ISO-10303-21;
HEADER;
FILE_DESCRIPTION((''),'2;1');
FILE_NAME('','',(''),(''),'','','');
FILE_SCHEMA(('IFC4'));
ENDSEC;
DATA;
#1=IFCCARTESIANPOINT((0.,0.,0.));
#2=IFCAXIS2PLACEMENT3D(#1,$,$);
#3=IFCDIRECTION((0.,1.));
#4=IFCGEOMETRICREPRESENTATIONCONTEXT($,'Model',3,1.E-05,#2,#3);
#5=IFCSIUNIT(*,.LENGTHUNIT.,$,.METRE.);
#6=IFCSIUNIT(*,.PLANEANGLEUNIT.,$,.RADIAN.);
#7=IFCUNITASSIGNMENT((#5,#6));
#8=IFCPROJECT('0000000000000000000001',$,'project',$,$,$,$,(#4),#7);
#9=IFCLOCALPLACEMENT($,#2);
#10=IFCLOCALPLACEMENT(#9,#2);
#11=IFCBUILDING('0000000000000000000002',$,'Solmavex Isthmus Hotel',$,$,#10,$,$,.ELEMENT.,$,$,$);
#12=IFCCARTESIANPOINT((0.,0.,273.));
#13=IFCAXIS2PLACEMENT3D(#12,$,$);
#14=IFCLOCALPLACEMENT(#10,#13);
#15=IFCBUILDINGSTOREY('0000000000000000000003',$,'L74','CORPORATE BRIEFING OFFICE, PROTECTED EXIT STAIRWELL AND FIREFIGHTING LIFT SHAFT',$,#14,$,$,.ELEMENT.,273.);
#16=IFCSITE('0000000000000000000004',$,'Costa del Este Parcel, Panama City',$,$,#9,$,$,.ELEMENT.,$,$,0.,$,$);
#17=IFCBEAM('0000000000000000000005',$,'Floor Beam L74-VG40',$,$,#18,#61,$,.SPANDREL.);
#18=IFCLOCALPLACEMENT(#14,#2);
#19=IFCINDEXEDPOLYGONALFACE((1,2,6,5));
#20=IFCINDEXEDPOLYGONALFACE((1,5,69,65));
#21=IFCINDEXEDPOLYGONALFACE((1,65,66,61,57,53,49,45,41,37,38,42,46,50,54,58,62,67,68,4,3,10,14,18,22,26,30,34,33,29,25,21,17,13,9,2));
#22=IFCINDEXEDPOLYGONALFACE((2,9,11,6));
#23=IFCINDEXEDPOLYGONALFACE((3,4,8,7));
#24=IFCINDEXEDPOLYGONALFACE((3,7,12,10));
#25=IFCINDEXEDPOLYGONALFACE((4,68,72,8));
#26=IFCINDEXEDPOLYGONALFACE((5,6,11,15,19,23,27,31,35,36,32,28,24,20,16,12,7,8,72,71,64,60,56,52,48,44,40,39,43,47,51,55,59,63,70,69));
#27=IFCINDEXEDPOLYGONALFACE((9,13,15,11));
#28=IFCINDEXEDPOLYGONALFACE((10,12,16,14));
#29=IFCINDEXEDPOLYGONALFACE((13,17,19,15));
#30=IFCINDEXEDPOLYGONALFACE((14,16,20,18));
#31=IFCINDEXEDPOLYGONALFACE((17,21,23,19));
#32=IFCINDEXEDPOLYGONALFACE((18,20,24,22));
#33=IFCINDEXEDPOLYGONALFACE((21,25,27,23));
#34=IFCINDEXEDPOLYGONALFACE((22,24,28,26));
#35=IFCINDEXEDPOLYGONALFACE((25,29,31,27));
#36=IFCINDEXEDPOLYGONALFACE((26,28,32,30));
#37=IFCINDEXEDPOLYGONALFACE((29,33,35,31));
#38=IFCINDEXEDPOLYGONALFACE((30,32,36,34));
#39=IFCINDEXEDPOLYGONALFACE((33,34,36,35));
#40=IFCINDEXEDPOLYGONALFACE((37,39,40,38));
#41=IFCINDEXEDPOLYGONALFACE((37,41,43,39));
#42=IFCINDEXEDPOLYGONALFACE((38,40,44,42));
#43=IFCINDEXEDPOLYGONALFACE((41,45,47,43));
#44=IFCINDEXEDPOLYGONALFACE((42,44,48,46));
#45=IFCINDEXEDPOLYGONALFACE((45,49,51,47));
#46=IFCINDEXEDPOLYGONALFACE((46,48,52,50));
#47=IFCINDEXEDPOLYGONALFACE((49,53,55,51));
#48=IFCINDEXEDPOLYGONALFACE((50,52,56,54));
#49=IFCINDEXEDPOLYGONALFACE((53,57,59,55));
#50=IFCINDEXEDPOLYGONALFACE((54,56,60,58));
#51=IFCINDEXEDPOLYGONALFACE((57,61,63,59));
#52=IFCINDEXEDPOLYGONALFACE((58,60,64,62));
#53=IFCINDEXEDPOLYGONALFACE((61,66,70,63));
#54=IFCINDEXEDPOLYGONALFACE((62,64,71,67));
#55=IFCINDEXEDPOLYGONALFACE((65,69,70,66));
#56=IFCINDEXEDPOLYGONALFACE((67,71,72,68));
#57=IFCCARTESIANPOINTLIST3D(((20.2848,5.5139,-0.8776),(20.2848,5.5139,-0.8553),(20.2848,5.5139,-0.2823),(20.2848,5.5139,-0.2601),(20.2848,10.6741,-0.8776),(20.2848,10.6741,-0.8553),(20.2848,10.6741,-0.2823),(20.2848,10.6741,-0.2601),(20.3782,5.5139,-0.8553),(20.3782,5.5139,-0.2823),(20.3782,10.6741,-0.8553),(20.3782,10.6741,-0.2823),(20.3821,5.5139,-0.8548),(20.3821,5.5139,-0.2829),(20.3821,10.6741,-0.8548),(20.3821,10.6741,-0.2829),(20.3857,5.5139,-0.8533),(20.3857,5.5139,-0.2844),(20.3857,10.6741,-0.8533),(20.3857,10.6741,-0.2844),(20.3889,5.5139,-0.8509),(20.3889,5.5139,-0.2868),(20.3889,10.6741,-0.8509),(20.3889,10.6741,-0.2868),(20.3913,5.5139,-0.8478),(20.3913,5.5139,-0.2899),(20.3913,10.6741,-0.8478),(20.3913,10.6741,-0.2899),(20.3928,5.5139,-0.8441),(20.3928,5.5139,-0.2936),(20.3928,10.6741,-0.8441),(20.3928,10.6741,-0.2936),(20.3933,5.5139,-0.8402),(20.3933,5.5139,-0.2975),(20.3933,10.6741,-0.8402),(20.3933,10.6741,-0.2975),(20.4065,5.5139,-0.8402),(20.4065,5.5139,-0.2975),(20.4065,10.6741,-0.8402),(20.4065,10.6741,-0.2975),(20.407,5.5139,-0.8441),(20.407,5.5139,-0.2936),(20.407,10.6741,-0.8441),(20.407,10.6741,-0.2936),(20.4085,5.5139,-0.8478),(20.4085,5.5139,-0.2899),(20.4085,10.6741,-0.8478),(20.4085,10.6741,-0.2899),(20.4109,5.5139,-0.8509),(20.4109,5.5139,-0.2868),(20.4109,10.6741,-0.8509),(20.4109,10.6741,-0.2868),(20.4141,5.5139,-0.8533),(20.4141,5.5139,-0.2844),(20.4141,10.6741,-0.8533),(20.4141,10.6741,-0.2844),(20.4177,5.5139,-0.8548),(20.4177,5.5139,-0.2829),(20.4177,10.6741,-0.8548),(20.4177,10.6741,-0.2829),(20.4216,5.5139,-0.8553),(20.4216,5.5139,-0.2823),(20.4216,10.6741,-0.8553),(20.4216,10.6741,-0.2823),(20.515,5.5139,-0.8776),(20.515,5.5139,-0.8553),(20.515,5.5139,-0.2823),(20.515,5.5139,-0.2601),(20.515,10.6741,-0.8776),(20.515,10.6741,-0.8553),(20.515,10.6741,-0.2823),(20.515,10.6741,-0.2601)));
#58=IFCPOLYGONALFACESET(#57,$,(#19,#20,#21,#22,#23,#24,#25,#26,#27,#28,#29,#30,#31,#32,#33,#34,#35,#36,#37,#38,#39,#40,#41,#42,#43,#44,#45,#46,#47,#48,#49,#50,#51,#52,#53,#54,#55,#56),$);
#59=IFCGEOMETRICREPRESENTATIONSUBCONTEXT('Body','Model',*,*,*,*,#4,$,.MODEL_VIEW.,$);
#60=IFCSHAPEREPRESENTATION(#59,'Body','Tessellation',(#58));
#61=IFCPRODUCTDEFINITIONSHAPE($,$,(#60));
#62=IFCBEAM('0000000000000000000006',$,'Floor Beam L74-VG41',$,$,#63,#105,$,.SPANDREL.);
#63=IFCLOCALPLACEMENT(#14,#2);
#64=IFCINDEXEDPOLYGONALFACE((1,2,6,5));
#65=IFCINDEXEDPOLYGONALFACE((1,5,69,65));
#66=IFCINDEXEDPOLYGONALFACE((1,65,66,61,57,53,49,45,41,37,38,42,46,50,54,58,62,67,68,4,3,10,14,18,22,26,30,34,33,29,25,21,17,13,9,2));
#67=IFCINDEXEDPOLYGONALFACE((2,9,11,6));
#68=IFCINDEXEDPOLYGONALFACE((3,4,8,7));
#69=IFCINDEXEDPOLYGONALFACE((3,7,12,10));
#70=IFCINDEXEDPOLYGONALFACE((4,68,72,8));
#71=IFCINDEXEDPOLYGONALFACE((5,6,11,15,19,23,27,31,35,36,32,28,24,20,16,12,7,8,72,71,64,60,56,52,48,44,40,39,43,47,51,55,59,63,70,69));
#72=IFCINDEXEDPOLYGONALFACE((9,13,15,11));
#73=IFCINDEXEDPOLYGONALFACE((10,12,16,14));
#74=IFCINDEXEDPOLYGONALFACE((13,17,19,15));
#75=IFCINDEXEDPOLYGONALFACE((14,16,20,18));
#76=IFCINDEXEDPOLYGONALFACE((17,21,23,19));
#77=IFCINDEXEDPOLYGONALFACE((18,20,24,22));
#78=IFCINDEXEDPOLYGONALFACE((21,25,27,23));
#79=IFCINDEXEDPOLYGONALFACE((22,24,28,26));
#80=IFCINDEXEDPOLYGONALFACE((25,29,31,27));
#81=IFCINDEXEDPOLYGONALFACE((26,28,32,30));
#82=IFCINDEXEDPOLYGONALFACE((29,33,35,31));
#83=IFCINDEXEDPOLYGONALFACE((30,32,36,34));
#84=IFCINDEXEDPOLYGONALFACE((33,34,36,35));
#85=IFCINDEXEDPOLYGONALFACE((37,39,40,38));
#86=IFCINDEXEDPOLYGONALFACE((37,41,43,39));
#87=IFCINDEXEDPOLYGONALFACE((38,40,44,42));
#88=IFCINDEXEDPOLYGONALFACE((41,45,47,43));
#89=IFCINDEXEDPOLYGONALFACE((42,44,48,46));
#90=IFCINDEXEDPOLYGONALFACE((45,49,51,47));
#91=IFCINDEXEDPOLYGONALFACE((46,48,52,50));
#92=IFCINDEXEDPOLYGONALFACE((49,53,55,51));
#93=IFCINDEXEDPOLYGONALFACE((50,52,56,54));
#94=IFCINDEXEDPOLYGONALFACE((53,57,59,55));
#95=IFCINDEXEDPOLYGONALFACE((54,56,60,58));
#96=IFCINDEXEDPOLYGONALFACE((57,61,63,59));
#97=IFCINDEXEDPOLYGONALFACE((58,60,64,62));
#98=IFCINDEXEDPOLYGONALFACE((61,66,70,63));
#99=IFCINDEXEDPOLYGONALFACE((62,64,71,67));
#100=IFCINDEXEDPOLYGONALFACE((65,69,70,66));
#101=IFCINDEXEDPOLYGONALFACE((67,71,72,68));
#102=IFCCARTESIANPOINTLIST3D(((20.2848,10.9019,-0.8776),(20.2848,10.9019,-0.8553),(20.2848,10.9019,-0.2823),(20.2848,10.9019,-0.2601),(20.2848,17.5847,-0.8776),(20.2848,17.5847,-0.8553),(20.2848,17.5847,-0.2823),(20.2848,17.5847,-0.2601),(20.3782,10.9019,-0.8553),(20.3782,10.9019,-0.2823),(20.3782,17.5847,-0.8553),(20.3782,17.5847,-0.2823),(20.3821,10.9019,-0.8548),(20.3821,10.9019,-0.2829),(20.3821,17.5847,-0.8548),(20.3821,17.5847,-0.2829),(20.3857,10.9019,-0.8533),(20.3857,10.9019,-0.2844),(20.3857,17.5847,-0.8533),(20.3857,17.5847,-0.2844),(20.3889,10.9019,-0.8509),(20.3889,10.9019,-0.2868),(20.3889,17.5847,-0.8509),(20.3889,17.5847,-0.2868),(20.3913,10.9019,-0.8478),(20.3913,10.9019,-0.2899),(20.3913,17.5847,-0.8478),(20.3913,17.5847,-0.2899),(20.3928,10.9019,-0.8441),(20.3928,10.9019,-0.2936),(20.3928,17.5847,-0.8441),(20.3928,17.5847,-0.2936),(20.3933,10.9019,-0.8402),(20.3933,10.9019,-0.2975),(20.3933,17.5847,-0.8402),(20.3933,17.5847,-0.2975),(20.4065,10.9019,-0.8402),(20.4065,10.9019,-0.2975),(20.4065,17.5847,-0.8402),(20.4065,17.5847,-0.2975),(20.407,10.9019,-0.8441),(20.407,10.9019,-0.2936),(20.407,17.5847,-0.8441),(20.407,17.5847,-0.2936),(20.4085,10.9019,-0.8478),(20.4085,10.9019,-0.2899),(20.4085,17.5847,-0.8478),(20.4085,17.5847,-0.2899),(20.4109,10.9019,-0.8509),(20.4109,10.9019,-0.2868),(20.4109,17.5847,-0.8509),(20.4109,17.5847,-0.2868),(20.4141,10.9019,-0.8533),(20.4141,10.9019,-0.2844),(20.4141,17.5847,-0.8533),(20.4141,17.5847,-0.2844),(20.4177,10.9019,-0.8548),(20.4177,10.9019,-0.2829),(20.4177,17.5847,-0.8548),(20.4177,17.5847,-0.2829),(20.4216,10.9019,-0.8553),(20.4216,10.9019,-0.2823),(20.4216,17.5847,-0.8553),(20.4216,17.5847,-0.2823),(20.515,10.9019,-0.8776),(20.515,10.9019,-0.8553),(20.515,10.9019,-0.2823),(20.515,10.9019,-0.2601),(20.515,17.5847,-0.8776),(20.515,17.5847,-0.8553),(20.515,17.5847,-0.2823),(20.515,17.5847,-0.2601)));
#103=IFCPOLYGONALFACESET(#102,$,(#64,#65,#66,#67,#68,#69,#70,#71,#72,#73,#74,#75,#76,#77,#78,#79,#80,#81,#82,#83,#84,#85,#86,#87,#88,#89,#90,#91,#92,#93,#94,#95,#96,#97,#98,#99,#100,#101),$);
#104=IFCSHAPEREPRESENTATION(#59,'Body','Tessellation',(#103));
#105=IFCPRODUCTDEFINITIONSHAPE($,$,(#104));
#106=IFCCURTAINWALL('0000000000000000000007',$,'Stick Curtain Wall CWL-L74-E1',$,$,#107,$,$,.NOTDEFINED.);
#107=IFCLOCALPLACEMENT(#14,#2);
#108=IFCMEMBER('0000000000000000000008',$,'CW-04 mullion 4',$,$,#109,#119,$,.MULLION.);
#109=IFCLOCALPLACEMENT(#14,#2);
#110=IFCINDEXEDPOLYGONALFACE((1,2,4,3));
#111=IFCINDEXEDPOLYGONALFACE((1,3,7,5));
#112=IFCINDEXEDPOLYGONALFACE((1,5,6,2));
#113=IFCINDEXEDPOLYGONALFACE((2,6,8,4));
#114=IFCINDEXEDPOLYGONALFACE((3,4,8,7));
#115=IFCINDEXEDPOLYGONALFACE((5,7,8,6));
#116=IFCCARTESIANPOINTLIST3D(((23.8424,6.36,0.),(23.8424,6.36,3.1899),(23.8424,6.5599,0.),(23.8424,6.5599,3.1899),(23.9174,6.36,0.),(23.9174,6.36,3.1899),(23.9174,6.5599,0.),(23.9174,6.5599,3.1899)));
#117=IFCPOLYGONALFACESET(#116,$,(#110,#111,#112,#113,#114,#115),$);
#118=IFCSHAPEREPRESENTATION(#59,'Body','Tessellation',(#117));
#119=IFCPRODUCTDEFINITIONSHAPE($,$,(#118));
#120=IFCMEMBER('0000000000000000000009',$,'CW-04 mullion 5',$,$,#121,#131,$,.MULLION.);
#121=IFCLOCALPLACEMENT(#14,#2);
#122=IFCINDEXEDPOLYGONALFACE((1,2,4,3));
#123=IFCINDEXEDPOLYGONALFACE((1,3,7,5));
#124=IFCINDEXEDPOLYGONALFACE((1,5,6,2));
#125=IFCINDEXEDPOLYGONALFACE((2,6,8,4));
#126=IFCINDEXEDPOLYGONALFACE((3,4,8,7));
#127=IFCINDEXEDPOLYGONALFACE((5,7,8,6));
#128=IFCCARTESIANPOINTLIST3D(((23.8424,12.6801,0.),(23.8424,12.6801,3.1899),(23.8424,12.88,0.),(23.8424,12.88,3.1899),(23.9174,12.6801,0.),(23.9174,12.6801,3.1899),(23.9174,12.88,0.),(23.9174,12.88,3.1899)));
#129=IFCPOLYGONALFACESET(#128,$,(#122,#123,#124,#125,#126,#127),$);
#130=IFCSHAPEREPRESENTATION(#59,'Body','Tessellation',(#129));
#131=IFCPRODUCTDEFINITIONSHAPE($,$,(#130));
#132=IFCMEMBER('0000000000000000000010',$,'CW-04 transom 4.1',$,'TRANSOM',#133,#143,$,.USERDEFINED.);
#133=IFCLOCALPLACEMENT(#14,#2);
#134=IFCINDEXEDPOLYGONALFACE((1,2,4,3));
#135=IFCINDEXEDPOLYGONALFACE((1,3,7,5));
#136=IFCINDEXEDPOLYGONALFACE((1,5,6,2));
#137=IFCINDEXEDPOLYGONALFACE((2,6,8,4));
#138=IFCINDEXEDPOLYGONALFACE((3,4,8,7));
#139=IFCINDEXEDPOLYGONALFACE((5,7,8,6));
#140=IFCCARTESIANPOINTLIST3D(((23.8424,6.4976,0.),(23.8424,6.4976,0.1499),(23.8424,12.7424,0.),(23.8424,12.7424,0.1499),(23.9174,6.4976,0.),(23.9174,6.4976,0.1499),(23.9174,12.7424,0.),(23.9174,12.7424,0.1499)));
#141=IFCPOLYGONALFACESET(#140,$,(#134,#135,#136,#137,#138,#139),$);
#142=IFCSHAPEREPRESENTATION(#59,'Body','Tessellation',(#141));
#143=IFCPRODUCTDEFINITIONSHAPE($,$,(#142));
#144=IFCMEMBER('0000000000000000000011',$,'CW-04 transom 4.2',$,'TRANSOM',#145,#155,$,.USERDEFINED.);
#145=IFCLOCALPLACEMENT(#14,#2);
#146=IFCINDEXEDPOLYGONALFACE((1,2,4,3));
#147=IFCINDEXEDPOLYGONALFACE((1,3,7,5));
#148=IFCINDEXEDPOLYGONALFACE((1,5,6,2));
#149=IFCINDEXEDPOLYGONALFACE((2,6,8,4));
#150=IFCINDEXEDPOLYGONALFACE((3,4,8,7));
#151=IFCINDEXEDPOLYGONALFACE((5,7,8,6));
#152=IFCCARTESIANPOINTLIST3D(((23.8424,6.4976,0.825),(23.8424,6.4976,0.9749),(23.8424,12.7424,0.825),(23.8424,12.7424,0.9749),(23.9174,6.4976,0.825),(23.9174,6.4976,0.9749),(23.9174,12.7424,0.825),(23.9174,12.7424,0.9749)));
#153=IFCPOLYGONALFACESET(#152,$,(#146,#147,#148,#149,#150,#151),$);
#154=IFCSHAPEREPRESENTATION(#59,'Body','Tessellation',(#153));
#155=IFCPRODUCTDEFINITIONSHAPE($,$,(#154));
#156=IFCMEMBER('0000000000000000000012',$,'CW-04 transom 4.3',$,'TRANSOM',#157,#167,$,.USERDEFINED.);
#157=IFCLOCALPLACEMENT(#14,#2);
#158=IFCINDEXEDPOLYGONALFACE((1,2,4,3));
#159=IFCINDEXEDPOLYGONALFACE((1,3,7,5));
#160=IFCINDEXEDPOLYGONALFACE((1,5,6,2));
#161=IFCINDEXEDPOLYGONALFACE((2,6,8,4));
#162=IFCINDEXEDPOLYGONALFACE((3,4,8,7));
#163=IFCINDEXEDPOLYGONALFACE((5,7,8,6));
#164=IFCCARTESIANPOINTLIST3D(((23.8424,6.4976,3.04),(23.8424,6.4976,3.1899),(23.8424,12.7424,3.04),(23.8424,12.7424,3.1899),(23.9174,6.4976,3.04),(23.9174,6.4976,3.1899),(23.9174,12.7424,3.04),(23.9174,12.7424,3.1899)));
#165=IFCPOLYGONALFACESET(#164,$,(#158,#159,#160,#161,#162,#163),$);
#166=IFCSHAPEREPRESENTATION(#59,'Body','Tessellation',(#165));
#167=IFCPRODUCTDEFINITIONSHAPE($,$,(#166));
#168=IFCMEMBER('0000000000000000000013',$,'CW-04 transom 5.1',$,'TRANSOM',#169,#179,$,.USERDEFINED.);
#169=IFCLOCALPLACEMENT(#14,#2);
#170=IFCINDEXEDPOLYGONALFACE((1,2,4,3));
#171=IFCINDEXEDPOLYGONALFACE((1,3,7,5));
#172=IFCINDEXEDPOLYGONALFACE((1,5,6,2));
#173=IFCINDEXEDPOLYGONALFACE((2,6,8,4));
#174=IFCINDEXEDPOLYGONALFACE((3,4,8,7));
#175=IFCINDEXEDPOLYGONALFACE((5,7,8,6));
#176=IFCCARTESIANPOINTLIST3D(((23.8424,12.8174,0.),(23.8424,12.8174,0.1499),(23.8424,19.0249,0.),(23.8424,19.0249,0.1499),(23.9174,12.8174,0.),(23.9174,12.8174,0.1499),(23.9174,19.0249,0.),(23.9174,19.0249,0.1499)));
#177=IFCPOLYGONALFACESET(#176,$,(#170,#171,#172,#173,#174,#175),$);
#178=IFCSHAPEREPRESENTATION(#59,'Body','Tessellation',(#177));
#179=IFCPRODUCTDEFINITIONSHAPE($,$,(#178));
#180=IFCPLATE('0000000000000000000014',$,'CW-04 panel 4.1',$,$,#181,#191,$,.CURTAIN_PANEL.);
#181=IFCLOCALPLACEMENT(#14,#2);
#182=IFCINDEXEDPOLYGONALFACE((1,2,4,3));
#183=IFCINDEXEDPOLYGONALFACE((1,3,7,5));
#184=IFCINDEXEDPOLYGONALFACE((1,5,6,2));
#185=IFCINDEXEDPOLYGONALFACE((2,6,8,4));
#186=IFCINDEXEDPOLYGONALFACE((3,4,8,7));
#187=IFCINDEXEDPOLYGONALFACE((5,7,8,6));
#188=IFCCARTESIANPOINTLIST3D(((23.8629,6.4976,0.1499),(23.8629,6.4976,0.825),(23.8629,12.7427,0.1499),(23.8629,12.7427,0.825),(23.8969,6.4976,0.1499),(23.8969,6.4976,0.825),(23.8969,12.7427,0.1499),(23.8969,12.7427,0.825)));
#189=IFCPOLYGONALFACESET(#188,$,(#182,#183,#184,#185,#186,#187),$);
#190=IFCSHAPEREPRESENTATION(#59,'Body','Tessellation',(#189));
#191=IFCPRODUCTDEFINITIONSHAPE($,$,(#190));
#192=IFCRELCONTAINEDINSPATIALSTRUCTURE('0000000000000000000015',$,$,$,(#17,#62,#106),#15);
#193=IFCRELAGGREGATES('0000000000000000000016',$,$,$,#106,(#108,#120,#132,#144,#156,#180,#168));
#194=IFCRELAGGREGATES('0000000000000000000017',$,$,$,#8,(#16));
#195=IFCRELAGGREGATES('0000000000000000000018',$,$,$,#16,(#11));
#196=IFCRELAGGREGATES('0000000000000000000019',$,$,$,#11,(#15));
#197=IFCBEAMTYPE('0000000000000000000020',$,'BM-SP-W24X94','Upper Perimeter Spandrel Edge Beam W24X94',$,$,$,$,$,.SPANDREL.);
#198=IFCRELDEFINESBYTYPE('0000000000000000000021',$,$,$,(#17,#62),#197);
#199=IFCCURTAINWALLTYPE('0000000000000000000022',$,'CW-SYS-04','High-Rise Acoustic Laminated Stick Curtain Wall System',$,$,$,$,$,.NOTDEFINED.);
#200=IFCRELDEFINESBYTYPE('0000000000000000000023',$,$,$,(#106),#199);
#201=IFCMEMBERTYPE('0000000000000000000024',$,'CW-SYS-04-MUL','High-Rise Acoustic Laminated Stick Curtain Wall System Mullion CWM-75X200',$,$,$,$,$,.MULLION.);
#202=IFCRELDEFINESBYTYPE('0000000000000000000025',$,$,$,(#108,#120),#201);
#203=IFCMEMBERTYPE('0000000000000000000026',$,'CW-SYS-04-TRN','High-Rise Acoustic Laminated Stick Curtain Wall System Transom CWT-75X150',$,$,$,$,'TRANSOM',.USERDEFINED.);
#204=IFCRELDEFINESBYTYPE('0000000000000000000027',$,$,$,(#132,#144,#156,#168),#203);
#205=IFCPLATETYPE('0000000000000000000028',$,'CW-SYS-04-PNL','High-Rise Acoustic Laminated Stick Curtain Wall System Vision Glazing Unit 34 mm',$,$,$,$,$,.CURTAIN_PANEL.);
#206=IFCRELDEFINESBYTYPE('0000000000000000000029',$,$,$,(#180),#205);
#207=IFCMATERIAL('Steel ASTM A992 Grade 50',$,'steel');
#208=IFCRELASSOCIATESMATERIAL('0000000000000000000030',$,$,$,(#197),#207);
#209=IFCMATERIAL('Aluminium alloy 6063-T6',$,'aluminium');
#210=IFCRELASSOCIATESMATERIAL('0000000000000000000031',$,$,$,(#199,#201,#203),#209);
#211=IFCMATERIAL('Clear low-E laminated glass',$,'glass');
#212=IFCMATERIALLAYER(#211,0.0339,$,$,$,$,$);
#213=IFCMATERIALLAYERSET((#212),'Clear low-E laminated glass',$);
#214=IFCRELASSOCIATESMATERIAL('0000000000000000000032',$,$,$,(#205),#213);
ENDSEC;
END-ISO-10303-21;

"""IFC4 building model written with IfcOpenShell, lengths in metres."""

from ifc_helpers import new_model, si_unit, direction, frame, origin, origin_2d, place, context, subcontext, project, spatial, rectangle, i_section, extrude, material, layer, layer_set, material_profile, profile_set, type_object, element, aggregate, save


model = new_model("IFC4")

# Units and contexts
model_context = context("Model", 3, precision=1e-05, world=origin(), true_north=direction((0.0, 1.0)))
body_context = subcontext(model_context, "Body", "Model", "MODEL_VIEW")
ifc_project = project(units=[si_unit("LENGTHUNIT", "METRE"), si_unit("PLANEANGLEUNIT", "RADIAN")], contexts=[model_context])

# Site, building, storey
site_placement = place(None, origin())
site = spatial("IfcSite", under=ifc_project, at=site_placement, Name="Costa del Este Parcel, Panama City", CompositionType="ELEMENT", RefElevation=0.0)
building_placement = place(site_placement, origin())
building = spatial("IfcBuilding", under=site, at=building_placement, Name="Solmavex Isthmus Hotel", CompositionType="ELEMENT")
storey_placement = place(building_placement, frame((0.0, 0.0, 273.0)))
storey = spatial("IfcBuildingStorey", under=building, at=storey_placement, Name="L74", Description="CORPORATE BRIEFING OFFICE, PROTECTED EXIT STAIRWELL AND FIREFIGHTING LIFT SHAFT", CompositionType="ELEMENT", Elevation=273.0)

# Beams
ifc_material_1 = material(Name="Steel ASTM A992 Grade 50", Category="steel")
ifc_material_profile_1 = material_profile(ifc_material_1, i_section(OverallWidth=0.2302, OverallDepth=0.6174, WebThickness=0.0132, FlangeThickness=0.0222, FilletRadius=0.0151, at=origin_2d()), Name="W24X94")
ifc_profile_set_1 = profile_set([ifc_material_profile_1], Name="Steel ASTM A992 Grade 50")
beam_type_1 = type_object("IfcBeamType", Name="BM-SP-W24X94", Description="Upper Perimeter Spandrel Edge Beam W24X94", PredefinedType="SPANDREL", material=ifc_profile_set_1)
beam_1_placement = place(storey_placement, frame((20.3999, 5.5139, -0.5688), z_axis=(0.0, 1.0, 0.0), x_axis=(-1.0, 0.0, 0.0)))
element("IfcBeam", 1, at=beam_1_placement, inside=storey, type_object=beam_type_1, Name="Floor Beam L74-VG40", PredefinedType="SPANDREL", context=body_context, shape_type="SweptSolid", body=[
    extrude(i_section(OverallWidth=0.2302, OverallDepth=0.6174, WebThickness=0.0132, FlangeThickness=0.0222, FilletRadius=0.0151, at=origin_2d()), origin(), (0.0, 0.0, 1.0), 5.1602),
])
beam_2_placement = place(storey_placement, frame((20.3999, 10.9019, -0.5688), z_axis=(0.0, 1.0, 0.0), x_axis=(-1.0, 0.0, 0.0)))
element("IfcBeam", 2, at=beam_2_placement, inside=storey, type_object=beam_type_1, Name="Floor Beam L74-VG41", PredefinedType="SPANDREL", context=body_context, shape_type="SweptSolid", body=[
    extrude(i_section(OverallWidth=0.2302, OverallDepth=0.6174, WebThickness=0.0132, FlangeThickness=0.0222, FilletRadius=0.0151, at=origin_2d()), origin(), (0.0, 0.0, 1.0), 6.6829),
])

# Curtain wall, members, plate
ifc_material_2 = material(Name="Aluminium alloy 6063-T6", Category="aluminium")
curtain_wall_type = type_object("IfcCurtainWallType", Name="CW-SYS-04", Description="High-Rise Acoustic Laminated Stick Curtain Wall System", PredefinedType="NOTDEFINED", material=ifc_material_2)
curtain_wall_placement = place(storey_placement, origin())
curtain_wall = element("IfcCurtainWall", 3, at=curtain_wall_placement, inside=storey, type_object=curtain_wall_type, Name="Stick Curtain Wall CWL-L74-E1", PredefinedType="NOTDEFINED")
ifc_material_profile_2 = material_profile(ifc_material_2, rectangle(XDim=0.075, YDim=0.2, at=origin_2d()), Name="CWM-75X200")
ifc_profile_set_2 = profile_set([ifc_material_profile_2], Name="Aluminium alloy 6063-T6")
member_type_1 = type_object("IfcMemberType", Name="CW-SYS-04-MUL", Description="High-Rise Acoustic Laminated Stick Curtain Wall System Mullion CWM-75X200", PredefinedType="MULLION", material=ifc_profile_set_2)
member_1_placement = place(storey_placement, frame((23.8799, 6.46, 0.0), z_axis=(0.0, 0.0, 1.0), x_axis=(-1.0, 0.0, 0.0)))
member_1 = element("IfcMember", 4, at=member_1_placement, type_object=member_type_1, Name="CW-04 mullion 4", PredefinedType="MULLION", context=body_context, shape_type="SweptSolid", body=[
    extrude(rectangle(XDim=0.075, YDim=0.2, at=origin_2d()), origin(), (0.0, 0.0, 1.0), 3.1899),
])
member_2_placement = place(storey_placement, frame((23.8799, 12.78, 0.0), z_axis=(0.0, 0.0, 1.0), x_axis=(-1.0, 0.0, 0.0)))
member_2 = element("IfcMember", 5, at=member_2_placement, type_object=member_type_1, Name="CW-04 mullion 5", PredefinedType="MULLION", context=body_context, shape_type="SweptSolid", body=[
    extrude(rectangle(XDim=0.075, YDim=0.2, at=origin_2d()), origin(), (0.0, 0.0, 1.0), 3.1899),
])
ifc_material_profile_3 = material_profile(ifc_material_2, rectangle(XDim=0.075, YDim=0.1499, at=origin_2d()), Name="CWT-75X150")
ifc_profile_set_3 = profile_set([ifc_material_profile_3], Name="Aluminium alloy 6063-T6")
member_type_2 = type_object("IfcMemberType", Name="CW-SYS-04-TRN", Description="High-Rise Acoustic Laminated Stick Curtain Wall System Transom CWT-75X150", ElementType="TRANSOM", PredefinedType="USERDEFINED", material=ifc_profile_set_3)
member_3_placement = place(storey_placement, frame((23.8799, 6.4976, 0.075), z_axis=(0.0, 1.0, 0.0), x_axis=(-1.0, 0.0, 0.0)))
member_3 = element("IfcMember", 6, at=member_3_placement, type_object=member_type_2, Name="CW-04 transom 4.1", ObjectType="TRANSOM", PredefinedType="USERDEFINED", context=body_context, shape_type="SweptSolid", body=[
    extrude(rectangle(XDim=0.075, YDim=0.1499, at=origin_2d()), origin(), (0.0, 0.0, 1.0), 6.2449),
])
member_4_placement = place(storey_placement, frame((23.8799, 6.4976, 0.8999), z_axis=(0.0, 1.0, 0.0), x_axis=(-1.0, 0.0, 0.0)))
member_4 = element("IfcMember", 7, at=member_4_placement, type_object=member_type_2, Name="CW-04 transom 4.2", ObjectType="TRANSOM", PredefinedType="USERDEFINED", context=body_context, shape_type="SweptSolid", body=[
    extrude(rectangle(XDim=0.075, YDim=0.1499, at=origin_2d()), origin(), (0.0, 0.0, 1.0), 6.2449),
])
member_5_placement = place(storey_placement, frame((23.8799, 6.4976, 3.115), z_axis=(0.0, 1.0, 0.0), x_axis=(-1.0, 0.0, 0.0)))
member_5 = element("IfcMember", 8, at=member_5_placement, type_object=member_type_2, Name="CW-04 transom 4.3", ObjectType="TRANSOM", PredefinedType="USERDEFINED", context=body_context, shape_type="SweptSolid", body=[
    extrude(rectangle(XDim=0.075, YDim=0.1499, at=origin_2d()), origin(), (0.0, 0.0, 1.0), 6.2449),
])
member_6_placement = place(storey_placement, frame((23.8799, 12.8174, 0.075), z_axis=(0.0, 1.0, 0.0), x_axis=(-1.0, 0.0, 0.0)))
member_6 = element("IfcMember", 9, at=member_6_placement, type_object=member_type_2, Name="CW-04 transom 5.1", ObjectType="TRANSOM", PredefinedType="USERDEFINED", context=body_context, shape_type="SweptSolid", body=[
    extrude(rectangle(XDim=0.075, YDim=0.1499, at=origin_2d()), origin(), (0.0, 0.0, 1.0), 6.2075),
])
ifc_material_3 = material(Name="Clear low-E laminated glass", Category="glass")
ifc_layer_1 = layer(ifc_material_3, 0.0339)
ifc_layer_set_1 = layer_set([ifc_layer_1], Name="Clear low-E laminated glass")
plate_type = type_object("IfcPlateType", Name="CW-SYS-04-PNL", Description="High-Rise Acoustic Laminated Stick Curtain Wall System Vision Glazing Unit 34 mm", PredefinedType="CURTAIN_PANEL", material=ifc_layer_set_1)
plate_1_placement = place(storey_placement, frame((23.8799, 9.6201, 0.1499), z_axis=(0.0, 0.0, 1.0), x_axis=(0.0, 1.0, 0.0)))
plate_1 = element("IfcPlate", 10, at=plate_1_placement, type_object=plate_type, Name="CW-04 panel 4.1", PredefinedType="CURTAIN_PANEL", context=body_context, shape_type="SweptSolid", body=[
    extrude(rectangle(XDim=6.2451, YDim=0.0339, at=origin_2d()), origin(), (0.0, 0.0, 1.0), 0.675),
])
aggregate(curtain_wall, [member_1, member_2, member_3, member_4, member_5, plate_1, member_6])

save(model, "model.ifc")
